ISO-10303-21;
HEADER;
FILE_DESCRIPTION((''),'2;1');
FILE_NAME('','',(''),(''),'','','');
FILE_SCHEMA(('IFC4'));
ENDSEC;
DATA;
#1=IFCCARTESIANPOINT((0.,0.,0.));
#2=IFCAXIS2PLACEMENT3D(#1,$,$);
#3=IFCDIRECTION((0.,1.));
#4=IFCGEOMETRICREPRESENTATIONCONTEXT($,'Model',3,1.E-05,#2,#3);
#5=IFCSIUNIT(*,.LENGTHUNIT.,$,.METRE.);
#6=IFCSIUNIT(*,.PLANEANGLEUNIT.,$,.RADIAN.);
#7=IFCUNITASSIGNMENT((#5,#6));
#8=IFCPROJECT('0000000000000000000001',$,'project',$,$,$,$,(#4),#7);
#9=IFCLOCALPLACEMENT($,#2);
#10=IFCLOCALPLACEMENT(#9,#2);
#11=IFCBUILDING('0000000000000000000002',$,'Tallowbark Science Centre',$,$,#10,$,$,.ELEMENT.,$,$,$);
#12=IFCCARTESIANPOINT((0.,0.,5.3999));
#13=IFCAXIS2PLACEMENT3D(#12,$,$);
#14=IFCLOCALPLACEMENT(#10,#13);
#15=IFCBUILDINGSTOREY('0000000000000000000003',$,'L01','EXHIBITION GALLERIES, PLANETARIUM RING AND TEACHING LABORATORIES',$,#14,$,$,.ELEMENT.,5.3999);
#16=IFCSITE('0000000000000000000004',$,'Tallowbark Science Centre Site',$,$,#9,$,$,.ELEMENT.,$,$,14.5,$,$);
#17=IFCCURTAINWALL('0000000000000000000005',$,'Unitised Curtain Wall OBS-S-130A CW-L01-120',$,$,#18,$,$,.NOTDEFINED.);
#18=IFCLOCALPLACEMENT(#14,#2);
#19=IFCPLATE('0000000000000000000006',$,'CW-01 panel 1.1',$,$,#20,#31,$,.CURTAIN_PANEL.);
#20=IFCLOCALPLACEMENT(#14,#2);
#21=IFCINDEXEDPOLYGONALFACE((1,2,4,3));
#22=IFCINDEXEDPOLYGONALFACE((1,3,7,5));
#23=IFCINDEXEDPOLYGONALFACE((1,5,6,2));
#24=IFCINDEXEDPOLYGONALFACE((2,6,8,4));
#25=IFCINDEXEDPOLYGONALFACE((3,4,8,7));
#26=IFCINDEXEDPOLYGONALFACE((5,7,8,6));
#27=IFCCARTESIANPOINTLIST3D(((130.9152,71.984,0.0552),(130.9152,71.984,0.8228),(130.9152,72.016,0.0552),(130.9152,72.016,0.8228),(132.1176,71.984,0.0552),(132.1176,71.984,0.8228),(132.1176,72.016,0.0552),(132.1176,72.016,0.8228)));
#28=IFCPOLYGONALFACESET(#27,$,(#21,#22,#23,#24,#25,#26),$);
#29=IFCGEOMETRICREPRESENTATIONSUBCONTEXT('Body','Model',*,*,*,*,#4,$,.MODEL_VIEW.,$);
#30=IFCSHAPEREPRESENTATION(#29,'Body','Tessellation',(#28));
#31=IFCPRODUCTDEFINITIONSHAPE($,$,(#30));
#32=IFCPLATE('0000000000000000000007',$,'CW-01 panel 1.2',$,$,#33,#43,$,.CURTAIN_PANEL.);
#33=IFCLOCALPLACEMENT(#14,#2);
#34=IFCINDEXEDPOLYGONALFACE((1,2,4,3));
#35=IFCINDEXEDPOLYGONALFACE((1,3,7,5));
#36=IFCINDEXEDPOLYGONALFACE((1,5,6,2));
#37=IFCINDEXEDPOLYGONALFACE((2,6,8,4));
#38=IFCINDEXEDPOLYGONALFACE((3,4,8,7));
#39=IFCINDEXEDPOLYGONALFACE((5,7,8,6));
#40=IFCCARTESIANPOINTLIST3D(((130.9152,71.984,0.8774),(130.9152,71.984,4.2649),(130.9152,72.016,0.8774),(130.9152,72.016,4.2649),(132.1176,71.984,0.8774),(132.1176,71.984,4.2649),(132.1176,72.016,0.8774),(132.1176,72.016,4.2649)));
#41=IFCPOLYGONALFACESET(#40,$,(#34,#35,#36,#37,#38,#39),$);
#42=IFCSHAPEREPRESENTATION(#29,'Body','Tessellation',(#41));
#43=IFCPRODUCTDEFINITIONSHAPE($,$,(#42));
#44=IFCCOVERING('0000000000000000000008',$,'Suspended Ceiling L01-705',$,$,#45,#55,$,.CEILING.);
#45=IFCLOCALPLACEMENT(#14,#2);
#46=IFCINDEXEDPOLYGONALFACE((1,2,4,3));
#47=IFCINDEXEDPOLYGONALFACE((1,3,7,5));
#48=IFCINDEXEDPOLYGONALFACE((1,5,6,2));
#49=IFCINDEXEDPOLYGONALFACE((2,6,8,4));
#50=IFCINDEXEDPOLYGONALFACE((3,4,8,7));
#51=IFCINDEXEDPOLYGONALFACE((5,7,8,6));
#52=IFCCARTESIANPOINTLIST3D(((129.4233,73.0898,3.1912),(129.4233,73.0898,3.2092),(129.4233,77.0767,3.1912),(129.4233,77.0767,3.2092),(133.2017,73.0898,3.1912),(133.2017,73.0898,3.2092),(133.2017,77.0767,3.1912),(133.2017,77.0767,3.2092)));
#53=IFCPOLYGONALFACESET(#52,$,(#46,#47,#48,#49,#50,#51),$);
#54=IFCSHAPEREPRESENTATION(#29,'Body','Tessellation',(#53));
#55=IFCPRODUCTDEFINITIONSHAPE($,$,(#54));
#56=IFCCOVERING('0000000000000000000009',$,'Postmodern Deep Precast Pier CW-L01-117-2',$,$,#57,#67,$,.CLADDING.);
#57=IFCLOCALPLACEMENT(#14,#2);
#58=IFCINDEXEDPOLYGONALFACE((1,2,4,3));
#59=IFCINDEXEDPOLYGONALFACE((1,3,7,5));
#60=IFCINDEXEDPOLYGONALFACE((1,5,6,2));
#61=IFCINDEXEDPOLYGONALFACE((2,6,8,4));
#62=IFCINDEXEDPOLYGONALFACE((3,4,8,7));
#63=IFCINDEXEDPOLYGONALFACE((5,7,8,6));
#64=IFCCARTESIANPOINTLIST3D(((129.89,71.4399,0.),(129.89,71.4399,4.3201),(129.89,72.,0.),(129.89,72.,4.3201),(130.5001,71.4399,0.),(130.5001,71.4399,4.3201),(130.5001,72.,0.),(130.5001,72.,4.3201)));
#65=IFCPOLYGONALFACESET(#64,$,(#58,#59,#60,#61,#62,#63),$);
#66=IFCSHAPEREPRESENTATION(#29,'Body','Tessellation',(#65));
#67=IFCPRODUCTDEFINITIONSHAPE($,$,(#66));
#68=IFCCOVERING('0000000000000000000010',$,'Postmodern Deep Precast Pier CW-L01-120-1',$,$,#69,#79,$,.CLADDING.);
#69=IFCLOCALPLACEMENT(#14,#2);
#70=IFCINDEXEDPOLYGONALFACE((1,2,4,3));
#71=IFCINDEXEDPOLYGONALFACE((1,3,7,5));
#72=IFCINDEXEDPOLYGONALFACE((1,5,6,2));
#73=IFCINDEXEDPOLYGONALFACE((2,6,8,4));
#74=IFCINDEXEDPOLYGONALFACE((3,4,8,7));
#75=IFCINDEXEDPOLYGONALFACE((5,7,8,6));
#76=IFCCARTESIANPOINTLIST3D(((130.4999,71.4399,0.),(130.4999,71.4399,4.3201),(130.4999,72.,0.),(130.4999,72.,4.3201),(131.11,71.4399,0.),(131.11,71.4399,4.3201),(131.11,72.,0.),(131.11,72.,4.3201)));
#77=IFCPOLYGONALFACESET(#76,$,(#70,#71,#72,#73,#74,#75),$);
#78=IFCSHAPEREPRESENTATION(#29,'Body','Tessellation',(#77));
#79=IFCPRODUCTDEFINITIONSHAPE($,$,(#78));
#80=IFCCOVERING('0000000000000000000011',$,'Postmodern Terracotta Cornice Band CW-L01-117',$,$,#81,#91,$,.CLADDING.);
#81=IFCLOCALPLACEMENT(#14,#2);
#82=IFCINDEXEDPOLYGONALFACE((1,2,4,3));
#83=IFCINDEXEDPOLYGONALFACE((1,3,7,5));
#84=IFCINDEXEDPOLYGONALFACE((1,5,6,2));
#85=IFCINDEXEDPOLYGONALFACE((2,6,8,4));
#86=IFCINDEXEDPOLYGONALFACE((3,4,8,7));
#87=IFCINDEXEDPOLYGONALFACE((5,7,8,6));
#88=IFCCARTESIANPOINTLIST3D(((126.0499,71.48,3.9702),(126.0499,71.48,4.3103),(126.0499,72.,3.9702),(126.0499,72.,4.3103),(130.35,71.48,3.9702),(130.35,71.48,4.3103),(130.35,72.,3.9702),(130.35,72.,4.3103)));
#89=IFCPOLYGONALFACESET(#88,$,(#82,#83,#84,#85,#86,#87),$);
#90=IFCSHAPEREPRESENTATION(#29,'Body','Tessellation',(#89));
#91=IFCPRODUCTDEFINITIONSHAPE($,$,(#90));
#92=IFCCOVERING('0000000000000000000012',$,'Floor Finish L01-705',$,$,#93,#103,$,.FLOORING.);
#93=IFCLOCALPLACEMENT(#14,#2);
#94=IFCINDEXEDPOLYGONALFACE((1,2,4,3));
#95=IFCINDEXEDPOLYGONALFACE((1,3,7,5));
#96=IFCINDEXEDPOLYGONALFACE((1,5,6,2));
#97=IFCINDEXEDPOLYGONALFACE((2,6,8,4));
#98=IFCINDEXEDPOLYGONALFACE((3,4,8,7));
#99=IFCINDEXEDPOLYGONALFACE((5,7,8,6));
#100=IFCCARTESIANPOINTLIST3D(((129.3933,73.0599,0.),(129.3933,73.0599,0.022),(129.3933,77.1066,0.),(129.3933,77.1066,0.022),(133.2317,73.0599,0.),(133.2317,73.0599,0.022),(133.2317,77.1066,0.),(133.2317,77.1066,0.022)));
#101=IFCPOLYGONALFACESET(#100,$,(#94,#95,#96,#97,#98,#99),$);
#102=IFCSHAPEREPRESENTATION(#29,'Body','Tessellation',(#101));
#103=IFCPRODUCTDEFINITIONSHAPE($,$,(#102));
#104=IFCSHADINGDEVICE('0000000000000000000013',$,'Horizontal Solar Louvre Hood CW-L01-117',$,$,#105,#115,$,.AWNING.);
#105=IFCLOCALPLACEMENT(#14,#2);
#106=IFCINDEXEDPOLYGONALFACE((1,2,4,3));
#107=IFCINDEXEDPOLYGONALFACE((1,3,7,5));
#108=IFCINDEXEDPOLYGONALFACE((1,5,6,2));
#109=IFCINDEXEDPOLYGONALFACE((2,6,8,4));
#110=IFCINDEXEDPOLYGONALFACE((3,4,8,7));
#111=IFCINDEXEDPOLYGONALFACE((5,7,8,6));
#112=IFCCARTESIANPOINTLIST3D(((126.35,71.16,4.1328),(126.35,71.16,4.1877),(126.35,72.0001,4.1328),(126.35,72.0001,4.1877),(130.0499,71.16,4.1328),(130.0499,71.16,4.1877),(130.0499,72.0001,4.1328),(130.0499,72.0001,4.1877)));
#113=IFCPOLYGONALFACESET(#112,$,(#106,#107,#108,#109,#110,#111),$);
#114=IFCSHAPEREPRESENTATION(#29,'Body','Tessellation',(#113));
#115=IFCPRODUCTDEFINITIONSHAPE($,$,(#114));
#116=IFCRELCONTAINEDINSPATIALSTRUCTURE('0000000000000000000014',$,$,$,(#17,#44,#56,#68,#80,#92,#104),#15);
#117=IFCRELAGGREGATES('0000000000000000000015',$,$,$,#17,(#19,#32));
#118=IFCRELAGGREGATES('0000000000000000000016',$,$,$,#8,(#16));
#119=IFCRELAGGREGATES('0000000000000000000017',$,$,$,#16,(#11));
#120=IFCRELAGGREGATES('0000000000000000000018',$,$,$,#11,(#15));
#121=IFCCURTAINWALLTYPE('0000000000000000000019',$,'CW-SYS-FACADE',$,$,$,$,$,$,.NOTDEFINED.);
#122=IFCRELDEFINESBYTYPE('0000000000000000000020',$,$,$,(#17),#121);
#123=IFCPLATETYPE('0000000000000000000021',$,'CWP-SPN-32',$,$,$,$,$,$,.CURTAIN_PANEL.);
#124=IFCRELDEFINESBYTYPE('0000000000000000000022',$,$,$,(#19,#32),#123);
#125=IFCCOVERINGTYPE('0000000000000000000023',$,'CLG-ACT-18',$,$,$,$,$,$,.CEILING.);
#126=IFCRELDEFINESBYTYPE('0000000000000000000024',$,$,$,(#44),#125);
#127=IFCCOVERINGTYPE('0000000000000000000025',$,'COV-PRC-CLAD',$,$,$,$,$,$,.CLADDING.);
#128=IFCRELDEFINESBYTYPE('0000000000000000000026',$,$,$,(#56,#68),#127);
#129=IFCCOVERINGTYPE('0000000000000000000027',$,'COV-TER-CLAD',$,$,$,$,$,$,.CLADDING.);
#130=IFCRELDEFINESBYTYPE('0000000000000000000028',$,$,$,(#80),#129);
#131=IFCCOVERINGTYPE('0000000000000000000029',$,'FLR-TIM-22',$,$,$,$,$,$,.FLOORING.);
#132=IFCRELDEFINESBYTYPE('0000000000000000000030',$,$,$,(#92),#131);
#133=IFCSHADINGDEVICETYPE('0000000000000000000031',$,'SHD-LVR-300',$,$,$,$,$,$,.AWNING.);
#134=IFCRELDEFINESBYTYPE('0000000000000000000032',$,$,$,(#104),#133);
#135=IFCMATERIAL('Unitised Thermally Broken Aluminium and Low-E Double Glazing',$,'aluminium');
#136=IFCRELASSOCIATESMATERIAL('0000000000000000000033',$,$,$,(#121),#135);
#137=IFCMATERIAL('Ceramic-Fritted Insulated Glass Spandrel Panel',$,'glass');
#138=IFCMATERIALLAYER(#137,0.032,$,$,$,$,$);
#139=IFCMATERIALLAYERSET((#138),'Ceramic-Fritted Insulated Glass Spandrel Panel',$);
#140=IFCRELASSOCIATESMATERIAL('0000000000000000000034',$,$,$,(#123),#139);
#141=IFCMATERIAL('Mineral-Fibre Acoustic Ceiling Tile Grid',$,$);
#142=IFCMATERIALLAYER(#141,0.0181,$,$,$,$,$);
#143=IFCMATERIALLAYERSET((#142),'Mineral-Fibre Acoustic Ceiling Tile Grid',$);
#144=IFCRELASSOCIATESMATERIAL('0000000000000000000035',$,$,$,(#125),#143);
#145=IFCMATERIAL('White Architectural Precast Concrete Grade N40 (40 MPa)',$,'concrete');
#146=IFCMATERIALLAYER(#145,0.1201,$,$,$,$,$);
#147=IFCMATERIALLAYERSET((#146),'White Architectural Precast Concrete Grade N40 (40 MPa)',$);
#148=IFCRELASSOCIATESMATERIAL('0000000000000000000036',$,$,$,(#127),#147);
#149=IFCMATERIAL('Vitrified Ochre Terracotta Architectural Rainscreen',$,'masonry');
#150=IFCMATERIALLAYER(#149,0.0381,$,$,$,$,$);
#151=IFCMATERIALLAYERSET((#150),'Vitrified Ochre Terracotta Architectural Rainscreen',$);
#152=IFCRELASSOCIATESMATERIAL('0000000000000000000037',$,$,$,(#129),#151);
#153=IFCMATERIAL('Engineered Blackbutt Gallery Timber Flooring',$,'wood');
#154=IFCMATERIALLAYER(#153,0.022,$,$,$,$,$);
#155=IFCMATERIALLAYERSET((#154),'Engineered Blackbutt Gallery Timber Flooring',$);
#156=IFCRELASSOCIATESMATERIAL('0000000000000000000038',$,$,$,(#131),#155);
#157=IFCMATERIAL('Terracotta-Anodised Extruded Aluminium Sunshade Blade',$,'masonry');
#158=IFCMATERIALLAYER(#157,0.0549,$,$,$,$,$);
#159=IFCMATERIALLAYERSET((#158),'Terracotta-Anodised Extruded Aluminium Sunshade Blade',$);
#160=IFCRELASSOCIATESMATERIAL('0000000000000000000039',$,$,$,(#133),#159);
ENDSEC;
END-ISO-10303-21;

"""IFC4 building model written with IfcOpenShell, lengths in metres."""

from ifc_helpers import new_model, si_unit, direction, frame, origin, origin_2d, place, context, subcontext, project, spatial, rectangle, extrude, material, layer, layer_set, type_object, element, aggregate, save


model = new_model("IFC4")

# Units and contexts
model_context = context("Model", 3, precision=1e-05, world=origin(), true_north=direction((0.0, 1.0)))
body_context = subcontext(model_context, "Body", "Model", "MODEL_VIEW")
ifc_project = project(units=[si_unit("LENGTHUNIT", "METRE"), si_unit("PLANEANGLEUNIT", "RADIAN")], contexts=[model_context])

# Site, building, storey
site_placement = place(None, origin())
site = spatial("IfcSite", under=ifc_project, at=site_placement, Name="Tallowbark Science Centre Site", CompositionType="ELEMENT", RefElevation=14.5)
building_placement = place(site_placement, origin())
building = spatial("IfcBuilding", under=site, at=building_placement, Name="Tallowbark Science Centre", CompositionType="ELEMENT")
storey_placement = place(building_placement, frame((0.0, 0.0, 5.3999)))
storey = spatial("IfcBuildingStorey", under=building, at=storey_placement, Name="L01", Description="EXHIBITION GALLERIES, PLANETARIUM RING AND TEACHING LABORATORIES", CompositionType="ELEMENT", Elevation=5.3999)

# Shared definitions
ifc_material_1 = material(Name="Unitised Thermally Broken Aluminium and Low-E Double Glazing", Category="aluminium")
curtain_wall_type = type_object("IfcCurtainWallType", Name="CW-SYS-FACADE", PredefinedType="NOTDEFINED", material=ifc_material_1)

# Curtain wall
curtain_wall_1_placement = place(storey_placement, origin())
curtain_wall_1 = element("IfcCurtainWall", 1, at=curtain_wall_1_placement, inside=storey, type_object=curtain_wall_type, Name="Unitised Curtain Wall OBS-S-130A CW-L01-120", PredefinedType="NOTDEFINED")

# Plates
ifc_material_2 = material(Name="Ceramic-Fritted Insulated Glass Spandrel Panel", Category="glass")
ifc_layer_1 = layer(ifc_material_2, 0.032)
ifc_layer_set_1 = layer_set([ifc_layer_1], Name="Ceramic-Fritted Insulated Glass Spandrel Panel")
plate_type = type_object("IfcPlateType", Name="CWP-SPN-32", PredefinedType="CURTAIN_PANEL", material=ifc_layer_set_1)
plate_1_placement = place(storey_placement, frame((131.5164, 72.0, 0.0552), z_axis=(0.0, 0.0, 1.0), x_axis=(1.0, 0.0, 0.0)))
plate_1 = element("IfcPlate", 2, at=plate_1_placement, type_object=plate_type, Name="CW-01 panel 1.1", PredefinedType="CURTAIN_PANEL", context=body_context, shape_type="SweptSolid", body=[
    extrude(rectangle(XDim=1.2024, YDim=0.032, at=origin_2d()), origin(), (0.0, 0.0, 1.0), 0.7676),
])
plate_2_placement = place(storey_placement, frame((131.5164, 72.0, 0.8774), z_axis=(0.0, 0.0, 1.0), x_axis=(1.0, 0.0, 0.0)))
plate_2 = element("IfcPlate", 3, at=plate_2_placement, type_object=plate_type, Name="CW-01 panel 1.2", PredefinedType="CURTAIN_PANEL", context=body_context, shape_type="SweptSolid", body=[
    extrude(rectangle(XDim=1.2024, YDim=0.032, at=origin_2d()), origin(), (0.0, 0.0, 1.0), 3.3875),
])
aggregate(curtain_wall_1, [plate_1, plate_2])

# Coverings
ifc_material_3 = material(Name="Mineral-Fibre Acoustic Ceiling Tile Grid")
ifc_layer_2 = layer(ifc_material_3, 0.0181)
ifc_layer_set_2 = layer_set([ifc_layer_2], Name="Mineral-Fibre Acoustic Ceiling Tile Grid")
covering_type_1 = type_object("IfcCoveringType", Name="CLG-ACT-18", PredefinedType="CEILING", material=ifc_layer_set_2)
covering_1_placement = place(storey_placement, frame((131.3125, 75.0833, 3.1912), z_axis=(0.0, 0.0, 1.0), x_axis=(1.0, 0.0, 0.0)))
element("IfcCovering", 4, at=covering_1_placement, inside=storey, type_object=covering_type_1, Name="Suspended Ceiling L01-705", PredefinedType="CEILING", context=body_context, shape_type="SweptSolid", body=[
    extrude(rectangle(XDim=3.7783, YDim=3.9868, at=origin_2d()), origin(), (0.0, 0.0, 1.0), 0.0181),
])
ifc_material_4 = material(Name="White Architectural Precast Concrete Grade N40 (40 MPa)", Category="concrete")
ifc_layer_3 = layer(ifc_material_4, 0.1201)
ifc_layer_set_3 = layer_set([ifc_layer_3], Name="White Architectural Precast Concrete Grade N40 (40 MPa)")
covering_type_2 = type_object("IfcCoveringType", Name="COV-PRC-CLAD", PredefinedType="CLADDING", material=ifc_layer_set_3)
for number, where, z_axis, x_axis, name in (
    (5, (130.1951, 71.72, 0.0), (0.0, 0.0, 1.0), (1.0, 0.0, 0.0), "Postmodern Deep Precast Pier CW-L01-117-2"),
    (6, (130.8049, 71.72, 0.0), (0.0, 0.0, 1.0), (1.0, 0.0, 0.0), "Postmodern Deep Precast Pier CW-L01-120-1"),
):
    element("IfcCovering", number, at=place(storey_placement, frame(where, z_axis=z_axis, x_axis=x_axis)), inside=storey, type_object=covering_type_2, Name=name, PredefinedType="CLADDING", context=body_context, shape_type="SweptSolid", body=[
        extrude(rectangle(XDim=0.6101, YDim=0.5601, at=origin_2d()), origin(), (0.0, 0.0, 1.0), 4.3201),
    ])
ifc_material_5 = material(Name="Vitrified Ochre Terracotta Architectural Rainscreen", Category="masonry")
ifc_layer_4 = layer(ifc_material_5, 0.0381)
ifc_layer_set_4 = layer_set([ifc_layer_4], Name="Vitrified Ochre Terracotta Architectural Rainscreen")
covering_type_3 = type_object("IfcCoveringType", Name="COV-TER-CLAD", PredefinedType="CLADDING", material=ifc_layer_set_4)
covering_2_placement = place(storey_placement, frame((128.2, 71.74, 3.9702), z_axis=(0.0, 0.0, 1.0), x_axis=(1.0, 0.0, 0.0)))
element("IfcCovering", 7, at=covering_2_placement, inside=storey, type_object=covering_type_3, Name="Postmodern Terracotta Cornice Band CW-L01-117", PredefinedType="CLADDING", context=body_context, shape_type="SweptSolid", body=[
    extrude(rectangle(XDim=4.3, YDim=0.52, at=origin_2d()), origin(), (0.0, 0.0, 1.0), 0.3401),
])
ifc_material_6 = material(Name="Engineered Blackbutt Gallery Timber Flooring", Category="wood")
ifc_layer_5 = layer(ifc_material_6, 0.022)
ifc_layer_set_5 = layer_set([ifc_layer_5], Name="Engineered Blackbutt Gallery Timber Flooring")
covering_type_4 = type_object("IfcCoveringType", Name="FLR-TIM-22", PredefinedType="FLOORING", material=ifc_layer_set_5)
covering_3_placement = place(storey_placement, frame((131.3125, 75.0833, 0.0), z_axis=(0.0, 0.0, 1.0), x_axis=(1.0, 0.0, 0.0)))
element("IfcCovering", 8, at=covering_3_placement, inside=storey, type_object=covering_type_4, Name="Floor Finish L01-705", PredefinedType="FLOORING", context=body_context, shape_type="SweptSolid", body=[
    extrude(rectangle(XDim=3.8384, YDim=4.0466, at=origin_2d()), origin(), (0.0, 0.0, 1.0), 0.022),
])

# Shading device
ifc_material_7 = material(Name="Terracotta-Anodised Extruded Aluminium Sunshade Blade", Category="masonry")
ifc_layer_6 = layer(ifc_material_7, 0.0549)
ifc_layer_set_6 = layer_set([ifc_layer_6], Name="Terracotta-Anodised Extruded Aluminium Sunshade Blade")
shading_device_type = type_object("IfcShadingDeviceType", Name="SHD-LVR-300", PredefinedType="AWNING", material=ifc_layer_set_6)
shading_device_placement = place(storey_placement, frame((128.2, 71.5801, 4.1328), z_axis=(0.0, 0.0, 1.0), x_axis=(1.0, 0.0, 0.0)))
element("IfcShadingDevice", 9, at=shading_device_placement, inside=storey, type_object=shading_device_type, Name="Horizontal Solar Louvre Hood CW-L01-117", PredefinedType="AWNING", context=body_context, shape_type="SweptSolid", body=[
    extrude(rectangle(XDim=3.7, YDim=0.8401, at=origin_2d()), origin(), (0.0, 0.0, 1.0), 0.0549),
])

save(model, "model.ifc")
